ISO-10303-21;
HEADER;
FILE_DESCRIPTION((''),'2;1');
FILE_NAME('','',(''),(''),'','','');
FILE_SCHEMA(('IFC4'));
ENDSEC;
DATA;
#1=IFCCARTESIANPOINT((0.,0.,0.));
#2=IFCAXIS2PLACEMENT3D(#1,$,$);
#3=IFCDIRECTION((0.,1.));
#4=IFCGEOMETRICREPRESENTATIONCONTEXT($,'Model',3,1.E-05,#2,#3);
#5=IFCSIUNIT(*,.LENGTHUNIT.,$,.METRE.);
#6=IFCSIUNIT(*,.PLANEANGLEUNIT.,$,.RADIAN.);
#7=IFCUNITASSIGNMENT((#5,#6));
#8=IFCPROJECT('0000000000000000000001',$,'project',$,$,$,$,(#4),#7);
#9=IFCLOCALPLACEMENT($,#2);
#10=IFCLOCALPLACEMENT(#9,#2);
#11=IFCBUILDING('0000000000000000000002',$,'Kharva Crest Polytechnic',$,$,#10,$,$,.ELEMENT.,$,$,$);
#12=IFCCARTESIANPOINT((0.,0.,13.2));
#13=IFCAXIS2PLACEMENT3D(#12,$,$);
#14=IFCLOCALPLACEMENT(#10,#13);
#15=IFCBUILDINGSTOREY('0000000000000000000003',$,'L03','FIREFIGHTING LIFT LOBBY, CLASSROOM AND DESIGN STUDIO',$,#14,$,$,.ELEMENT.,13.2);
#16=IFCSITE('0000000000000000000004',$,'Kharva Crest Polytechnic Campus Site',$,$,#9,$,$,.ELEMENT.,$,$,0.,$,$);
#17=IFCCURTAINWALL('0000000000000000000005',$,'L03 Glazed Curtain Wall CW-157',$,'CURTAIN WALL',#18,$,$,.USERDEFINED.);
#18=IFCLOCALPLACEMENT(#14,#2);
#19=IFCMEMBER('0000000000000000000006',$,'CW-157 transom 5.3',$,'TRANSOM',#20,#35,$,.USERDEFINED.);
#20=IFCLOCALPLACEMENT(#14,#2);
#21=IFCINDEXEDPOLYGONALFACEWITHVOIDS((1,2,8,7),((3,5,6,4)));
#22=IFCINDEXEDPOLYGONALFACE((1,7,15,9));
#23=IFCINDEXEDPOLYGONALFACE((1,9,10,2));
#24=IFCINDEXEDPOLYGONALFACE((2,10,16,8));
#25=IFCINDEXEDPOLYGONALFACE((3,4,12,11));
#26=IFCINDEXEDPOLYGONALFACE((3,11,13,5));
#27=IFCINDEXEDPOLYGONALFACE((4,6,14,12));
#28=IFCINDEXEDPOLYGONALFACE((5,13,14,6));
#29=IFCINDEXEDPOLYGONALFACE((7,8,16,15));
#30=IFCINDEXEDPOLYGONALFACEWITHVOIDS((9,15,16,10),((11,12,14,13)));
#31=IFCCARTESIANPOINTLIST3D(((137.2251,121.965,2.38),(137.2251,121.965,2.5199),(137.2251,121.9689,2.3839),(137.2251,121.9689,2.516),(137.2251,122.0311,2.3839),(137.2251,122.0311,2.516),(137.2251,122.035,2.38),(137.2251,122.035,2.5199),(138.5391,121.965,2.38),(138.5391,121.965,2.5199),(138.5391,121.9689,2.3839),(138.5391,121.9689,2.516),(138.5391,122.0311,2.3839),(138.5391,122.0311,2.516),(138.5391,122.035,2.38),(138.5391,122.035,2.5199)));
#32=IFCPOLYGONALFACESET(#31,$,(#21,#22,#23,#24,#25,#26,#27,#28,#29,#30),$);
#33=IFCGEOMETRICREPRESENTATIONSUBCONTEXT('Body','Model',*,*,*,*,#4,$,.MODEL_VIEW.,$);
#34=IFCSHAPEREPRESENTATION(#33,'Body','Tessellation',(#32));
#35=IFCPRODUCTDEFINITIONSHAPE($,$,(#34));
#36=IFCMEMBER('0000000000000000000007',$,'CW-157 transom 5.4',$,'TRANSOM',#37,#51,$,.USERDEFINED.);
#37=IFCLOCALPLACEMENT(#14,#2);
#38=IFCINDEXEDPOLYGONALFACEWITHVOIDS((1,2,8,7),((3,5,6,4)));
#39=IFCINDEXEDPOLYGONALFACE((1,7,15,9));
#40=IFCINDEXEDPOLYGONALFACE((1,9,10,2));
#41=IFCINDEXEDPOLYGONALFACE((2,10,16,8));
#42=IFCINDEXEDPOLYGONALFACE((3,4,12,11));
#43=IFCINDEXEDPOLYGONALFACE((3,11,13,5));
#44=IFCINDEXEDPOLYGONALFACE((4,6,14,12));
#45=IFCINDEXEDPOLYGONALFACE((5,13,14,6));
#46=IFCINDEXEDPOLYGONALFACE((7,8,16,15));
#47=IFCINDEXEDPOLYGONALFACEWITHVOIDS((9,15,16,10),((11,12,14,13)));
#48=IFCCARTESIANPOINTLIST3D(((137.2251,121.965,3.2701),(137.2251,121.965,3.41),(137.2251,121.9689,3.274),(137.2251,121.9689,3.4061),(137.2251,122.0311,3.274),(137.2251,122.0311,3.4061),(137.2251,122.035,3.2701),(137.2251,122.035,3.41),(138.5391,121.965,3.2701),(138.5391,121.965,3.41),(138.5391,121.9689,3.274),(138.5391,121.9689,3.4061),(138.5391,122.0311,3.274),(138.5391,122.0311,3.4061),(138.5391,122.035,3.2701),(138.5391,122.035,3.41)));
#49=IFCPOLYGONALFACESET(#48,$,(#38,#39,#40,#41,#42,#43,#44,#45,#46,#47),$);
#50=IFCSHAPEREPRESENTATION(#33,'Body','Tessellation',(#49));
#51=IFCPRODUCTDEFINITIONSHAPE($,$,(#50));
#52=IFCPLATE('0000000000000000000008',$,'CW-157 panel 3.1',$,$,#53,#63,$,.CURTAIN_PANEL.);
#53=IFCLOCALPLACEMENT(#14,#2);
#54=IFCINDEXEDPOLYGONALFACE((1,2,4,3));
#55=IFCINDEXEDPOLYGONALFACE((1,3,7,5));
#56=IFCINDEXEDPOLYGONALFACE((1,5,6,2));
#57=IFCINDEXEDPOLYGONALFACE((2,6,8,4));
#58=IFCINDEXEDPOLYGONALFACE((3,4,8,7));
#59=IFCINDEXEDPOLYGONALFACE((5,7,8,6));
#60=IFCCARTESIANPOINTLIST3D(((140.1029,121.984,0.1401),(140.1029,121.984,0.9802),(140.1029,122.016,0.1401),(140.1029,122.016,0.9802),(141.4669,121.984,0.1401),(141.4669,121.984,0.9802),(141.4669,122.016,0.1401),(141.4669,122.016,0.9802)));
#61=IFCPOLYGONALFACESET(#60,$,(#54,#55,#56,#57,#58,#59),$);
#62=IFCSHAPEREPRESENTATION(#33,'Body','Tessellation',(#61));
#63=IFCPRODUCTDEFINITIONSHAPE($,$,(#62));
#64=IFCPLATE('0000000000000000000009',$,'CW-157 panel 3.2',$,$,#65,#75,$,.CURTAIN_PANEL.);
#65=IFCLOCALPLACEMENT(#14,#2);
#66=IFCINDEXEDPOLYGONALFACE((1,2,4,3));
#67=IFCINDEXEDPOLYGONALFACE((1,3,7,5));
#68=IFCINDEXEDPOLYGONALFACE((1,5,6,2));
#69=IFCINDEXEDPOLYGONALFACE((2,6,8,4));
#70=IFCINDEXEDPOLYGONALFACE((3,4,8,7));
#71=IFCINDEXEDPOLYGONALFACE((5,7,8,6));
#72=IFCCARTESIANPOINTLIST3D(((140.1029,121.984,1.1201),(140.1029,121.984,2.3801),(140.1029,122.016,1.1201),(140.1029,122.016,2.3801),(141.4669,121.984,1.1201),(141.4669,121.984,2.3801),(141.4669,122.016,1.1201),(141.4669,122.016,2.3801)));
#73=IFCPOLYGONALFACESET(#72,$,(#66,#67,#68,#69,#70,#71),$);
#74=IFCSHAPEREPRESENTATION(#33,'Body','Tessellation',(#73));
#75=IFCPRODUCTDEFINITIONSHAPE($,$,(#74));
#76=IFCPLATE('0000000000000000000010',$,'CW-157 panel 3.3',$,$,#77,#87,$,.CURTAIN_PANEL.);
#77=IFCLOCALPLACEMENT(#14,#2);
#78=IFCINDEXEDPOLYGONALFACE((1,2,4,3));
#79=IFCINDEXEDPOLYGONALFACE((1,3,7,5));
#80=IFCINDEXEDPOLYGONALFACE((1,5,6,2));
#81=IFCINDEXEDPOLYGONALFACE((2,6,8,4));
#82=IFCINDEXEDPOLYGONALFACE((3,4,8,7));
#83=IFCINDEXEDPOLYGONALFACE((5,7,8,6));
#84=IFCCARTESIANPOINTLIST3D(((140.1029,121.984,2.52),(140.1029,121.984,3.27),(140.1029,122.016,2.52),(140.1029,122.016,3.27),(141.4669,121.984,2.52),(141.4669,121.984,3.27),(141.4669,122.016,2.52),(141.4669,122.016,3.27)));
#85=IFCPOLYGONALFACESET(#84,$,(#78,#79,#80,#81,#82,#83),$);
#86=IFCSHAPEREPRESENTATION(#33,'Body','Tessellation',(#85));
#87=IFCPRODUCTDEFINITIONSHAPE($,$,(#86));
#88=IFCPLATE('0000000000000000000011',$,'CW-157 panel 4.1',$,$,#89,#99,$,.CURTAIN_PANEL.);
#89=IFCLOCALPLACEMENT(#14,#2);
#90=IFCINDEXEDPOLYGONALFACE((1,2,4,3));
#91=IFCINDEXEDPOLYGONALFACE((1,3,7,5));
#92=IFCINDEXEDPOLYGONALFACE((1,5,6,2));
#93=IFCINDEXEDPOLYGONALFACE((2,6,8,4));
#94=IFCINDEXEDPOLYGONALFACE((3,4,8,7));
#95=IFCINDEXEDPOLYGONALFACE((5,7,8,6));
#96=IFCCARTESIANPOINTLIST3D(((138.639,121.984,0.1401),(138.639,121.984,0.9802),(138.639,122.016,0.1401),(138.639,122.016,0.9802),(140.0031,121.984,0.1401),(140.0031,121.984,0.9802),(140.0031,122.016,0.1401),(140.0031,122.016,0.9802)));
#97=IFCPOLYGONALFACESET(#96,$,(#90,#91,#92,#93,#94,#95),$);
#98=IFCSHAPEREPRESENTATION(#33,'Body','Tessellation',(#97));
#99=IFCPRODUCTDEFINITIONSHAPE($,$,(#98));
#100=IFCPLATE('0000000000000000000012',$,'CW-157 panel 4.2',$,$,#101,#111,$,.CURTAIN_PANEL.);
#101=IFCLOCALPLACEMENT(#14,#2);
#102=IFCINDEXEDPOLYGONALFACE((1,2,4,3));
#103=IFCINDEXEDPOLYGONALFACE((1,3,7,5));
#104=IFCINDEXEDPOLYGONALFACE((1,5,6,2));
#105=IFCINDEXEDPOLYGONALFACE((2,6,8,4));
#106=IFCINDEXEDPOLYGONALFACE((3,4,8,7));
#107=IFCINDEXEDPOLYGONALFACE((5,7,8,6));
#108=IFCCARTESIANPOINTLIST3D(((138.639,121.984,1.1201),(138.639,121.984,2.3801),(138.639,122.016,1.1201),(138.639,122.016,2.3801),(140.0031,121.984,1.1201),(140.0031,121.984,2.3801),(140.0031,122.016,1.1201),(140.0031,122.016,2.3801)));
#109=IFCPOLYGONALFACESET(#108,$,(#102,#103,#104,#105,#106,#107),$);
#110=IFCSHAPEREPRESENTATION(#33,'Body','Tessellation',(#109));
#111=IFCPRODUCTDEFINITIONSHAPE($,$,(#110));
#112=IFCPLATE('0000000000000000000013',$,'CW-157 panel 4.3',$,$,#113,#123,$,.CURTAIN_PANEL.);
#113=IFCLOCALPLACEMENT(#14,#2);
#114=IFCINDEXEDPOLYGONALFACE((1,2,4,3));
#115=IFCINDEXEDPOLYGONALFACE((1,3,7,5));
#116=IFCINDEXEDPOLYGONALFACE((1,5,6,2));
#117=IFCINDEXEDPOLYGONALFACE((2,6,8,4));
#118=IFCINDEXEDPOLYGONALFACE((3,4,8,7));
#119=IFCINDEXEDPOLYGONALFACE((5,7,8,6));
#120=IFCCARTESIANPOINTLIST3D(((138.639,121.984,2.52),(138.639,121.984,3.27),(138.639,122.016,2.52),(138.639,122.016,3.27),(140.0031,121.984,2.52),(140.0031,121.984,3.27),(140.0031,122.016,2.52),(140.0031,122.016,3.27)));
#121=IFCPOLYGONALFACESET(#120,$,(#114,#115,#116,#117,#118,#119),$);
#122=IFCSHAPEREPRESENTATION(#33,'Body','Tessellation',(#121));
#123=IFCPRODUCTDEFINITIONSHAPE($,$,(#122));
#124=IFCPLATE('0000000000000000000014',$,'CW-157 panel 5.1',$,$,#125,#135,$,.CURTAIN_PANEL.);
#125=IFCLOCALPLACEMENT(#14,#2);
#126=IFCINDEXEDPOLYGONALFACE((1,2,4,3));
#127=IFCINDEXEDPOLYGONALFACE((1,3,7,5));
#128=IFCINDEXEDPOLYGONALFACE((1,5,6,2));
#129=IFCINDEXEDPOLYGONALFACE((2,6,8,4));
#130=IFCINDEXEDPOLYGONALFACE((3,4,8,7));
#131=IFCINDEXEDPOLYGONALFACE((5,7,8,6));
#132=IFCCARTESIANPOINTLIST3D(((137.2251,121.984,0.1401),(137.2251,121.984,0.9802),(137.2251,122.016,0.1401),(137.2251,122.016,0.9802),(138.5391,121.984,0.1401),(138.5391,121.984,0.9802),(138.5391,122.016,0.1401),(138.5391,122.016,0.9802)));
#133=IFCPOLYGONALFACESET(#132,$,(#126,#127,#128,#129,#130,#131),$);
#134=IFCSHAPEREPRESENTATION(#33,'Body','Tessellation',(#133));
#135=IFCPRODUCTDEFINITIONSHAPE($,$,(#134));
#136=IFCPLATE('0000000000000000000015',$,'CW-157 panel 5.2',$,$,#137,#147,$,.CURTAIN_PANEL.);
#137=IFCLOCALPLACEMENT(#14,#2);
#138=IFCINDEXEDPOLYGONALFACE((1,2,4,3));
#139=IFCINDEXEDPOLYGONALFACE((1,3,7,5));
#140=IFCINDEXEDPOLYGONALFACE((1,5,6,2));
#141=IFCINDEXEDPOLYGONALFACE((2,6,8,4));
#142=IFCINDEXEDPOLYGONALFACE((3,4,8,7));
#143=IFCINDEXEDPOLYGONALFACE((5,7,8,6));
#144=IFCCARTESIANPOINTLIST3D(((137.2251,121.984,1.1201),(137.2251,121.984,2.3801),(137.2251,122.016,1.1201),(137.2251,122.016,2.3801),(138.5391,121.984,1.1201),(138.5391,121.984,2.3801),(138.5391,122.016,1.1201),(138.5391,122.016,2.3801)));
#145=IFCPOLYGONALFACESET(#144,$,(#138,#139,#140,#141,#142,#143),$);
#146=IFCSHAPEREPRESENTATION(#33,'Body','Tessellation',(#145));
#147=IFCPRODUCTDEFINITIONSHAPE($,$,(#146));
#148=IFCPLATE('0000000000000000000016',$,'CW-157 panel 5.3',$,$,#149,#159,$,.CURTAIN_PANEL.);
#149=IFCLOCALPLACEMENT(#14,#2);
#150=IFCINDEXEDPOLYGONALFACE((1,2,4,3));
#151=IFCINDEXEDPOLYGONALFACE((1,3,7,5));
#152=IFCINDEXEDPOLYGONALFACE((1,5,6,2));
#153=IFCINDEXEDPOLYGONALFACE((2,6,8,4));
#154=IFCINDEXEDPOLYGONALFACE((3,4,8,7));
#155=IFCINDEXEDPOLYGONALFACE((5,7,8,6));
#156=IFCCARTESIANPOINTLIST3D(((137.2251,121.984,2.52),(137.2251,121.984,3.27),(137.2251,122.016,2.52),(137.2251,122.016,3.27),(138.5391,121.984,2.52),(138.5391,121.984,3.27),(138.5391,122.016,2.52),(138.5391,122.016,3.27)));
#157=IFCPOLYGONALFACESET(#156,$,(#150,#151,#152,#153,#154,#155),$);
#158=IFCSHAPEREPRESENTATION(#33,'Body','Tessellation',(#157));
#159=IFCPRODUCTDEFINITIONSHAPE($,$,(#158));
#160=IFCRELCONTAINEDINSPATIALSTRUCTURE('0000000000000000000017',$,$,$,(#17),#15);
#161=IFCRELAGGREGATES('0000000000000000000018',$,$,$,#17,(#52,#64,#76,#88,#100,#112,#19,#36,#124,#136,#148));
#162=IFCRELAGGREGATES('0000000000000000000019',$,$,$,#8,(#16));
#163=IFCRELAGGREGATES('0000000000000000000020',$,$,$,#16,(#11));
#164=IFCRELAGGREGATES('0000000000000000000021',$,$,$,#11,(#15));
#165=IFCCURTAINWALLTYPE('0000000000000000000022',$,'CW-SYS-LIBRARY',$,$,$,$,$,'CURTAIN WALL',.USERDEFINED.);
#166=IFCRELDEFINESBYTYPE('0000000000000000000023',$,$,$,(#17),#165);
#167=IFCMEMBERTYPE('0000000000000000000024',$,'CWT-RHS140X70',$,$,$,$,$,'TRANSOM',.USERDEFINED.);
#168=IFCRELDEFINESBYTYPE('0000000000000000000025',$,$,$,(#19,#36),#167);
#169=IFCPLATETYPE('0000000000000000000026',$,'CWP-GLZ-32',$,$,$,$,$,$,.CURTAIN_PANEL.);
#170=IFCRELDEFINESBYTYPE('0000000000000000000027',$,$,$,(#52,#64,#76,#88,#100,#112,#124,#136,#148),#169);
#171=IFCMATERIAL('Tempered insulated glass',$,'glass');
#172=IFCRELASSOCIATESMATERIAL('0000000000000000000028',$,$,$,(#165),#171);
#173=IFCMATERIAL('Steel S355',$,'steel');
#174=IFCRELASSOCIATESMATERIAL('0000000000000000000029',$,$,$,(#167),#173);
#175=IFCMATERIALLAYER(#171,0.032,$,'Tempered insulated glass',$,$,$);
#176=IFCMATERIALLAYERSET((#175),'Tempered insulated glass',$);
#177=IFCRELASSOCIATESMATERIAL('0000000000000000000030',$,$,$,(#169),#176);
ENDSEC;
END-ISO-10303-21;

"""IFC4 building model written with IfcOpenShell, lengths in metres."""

from ifc_helpers import new_model, si_unit, direction, frame, origin, origin_2d, place, context, subcontext, project, spatial, rectangle, hollow_rectangle, extrude, material, layer, layer_set, material_profile, profile_set, type_object, element, aggregate, save


model = new_model("IFC4")

# Units and contexts
model_context = context("Model", 3, precision=1e-05, world=origin(), true_north=direction((0.0, 1.0)))
body_context = subcontext(model_context, "Body", "Model", "MODEL_VIEW")
ifc_project = project(units=[si_unit("LENGTHUNIT", "METRE"), si_unit("PLANEANGLEUNIT", "RADIAN")], contexts=[model_context])

# Site, building, storey
site_placement = place(None, origin())
site = spatial("IfcSite", under=ifc_project, at=site_placement, Name="Kharva Crest Polytechnic Campus Site", CompositionType="ELEMENT", RefElevation=0.0)
building_placement = place(site_placement, origin())
building = spatial("IfcBuilding", under=site, at=building_placement, Name="Kharva Crest Polytechnic", CompositionType="ELEMENT")
storey_placement = place(building_placement, frame((0.0, 0.0, 13.2)))
storey = spatial("IfcBuildingStorey", under=building, at=storey_placement, Name="L03", Description="FIREFIGHTING LIFT LOBBY, CLASSROOM AND DESIGN STUDIO", CompositionType="ELEMENT", Elevation=13.2)

# Curtain wall, members, plates
ifc_material_1 = material(Name="Tempered insulated glass", Category="glass")
curtain_wall_type = type_object("IfcCurtainWallType", Name="CW-SYS-LIBRARY", ElementType="CURTAIN WALL", PredefinedType="USERDEFINED", material=ifc_material_1)
curtain_wall_placement = place(storey_placement, origin())
curtain_wall = element("IfcCurtainWall", 1, at=curtain_wall_placement, inside=storey, type_object=curtain_wall_type, Name="L03 Glazed Curtain Wall CW-157", ObjectType="CURTAIN WALL", PredefinedType="USERDEFINED")
ifc_material_2 = material(Name="Steel S355", Category="steel")
ifc_material_profile_1 = material_profile(ifc_material_2, hollow_rectangle(XDim=0.0701, YDim=0.1399, WallThickness=0.0039, at=origin_2d()), Name="RHS 140X70X4.0")
ifc_profile_set_1 = profile_set([ifc_material_profile_1], Name="Steel S355")
member_type_1 = type_object("IfcMemberType", Name="CWT-RHS140X70", ElementType="TRANSOM", PredefinedType="USERDEFINED", material=ifc_profile_set_1)
member_1_placement = place(storey_placement, frame((138.5391, 122.0, 2.45), z_axis=(-1.0, 0.0, 0.0), x_axis=(0.0, -1.0, 0.0)))
member_1 = element("IfcMember", 2, at=member_1_placement, type_object=member_type_1, Name="CW-157 transom 5.3", ObjectType="TRANSOM", PredefinedType="USERDEFINED", context=body_context, shape_type="SweptSolid", body=[
    extrude(hollow_rectangle(XDim=0.0701, YDim=0.1399, WallThickness=0.0039, at=origin_2d()), origin(), (0.0, 0.0, 1.0), 1.314),
])
member_2_placement = place(storey_placement, frame((138.5391, 122.0, 3.3401), z_axis=(-1.0, 0.0, 0.0), x_axis=(0.0, -1.0, 0.0)))
member_2 = element("IfcMember", 3, at=member_2_placement, type_object=member_type_1, Name="CW-157 transom 5.4", ObjectType="TRANSOM", PredefinedType="USERDEFINED", context=body_context, shape_type="SweptSolid", body=[
    extrude(hollow_rectangle(XDim=0.0701, YDim=0.1399, WallThickness=0.0039, at=origin_2d()), origin(), (0.0, 0.0, 1.0), 1.314),
])
ifc_layer = layer(ifc_material_1, 0.032, Name="Tempered insulated glass")
ifc_layer_set = layer_set([ifc_layer], Name="Tempered insulated glass")
plate_type = type_object("IfcPlateType", Name="CWP-GLZ-32", PredefinedType="CURTAIN_PANEL", material=ifc_layer_set)
plate_1_placement = place(storey_placement, frame((140.7849, 122.0, 0.1401), z_axis=(0.0, 0.0, 1.0), x_axis=(-1.0, 0.0, 0.0)))
plate_1 = element("IfcPlate", 4, at=plate_1_placement, type_object=plate_type, Name="CW-157 panel 3.1", PredefinedType="CURTAIN_PANEL", context=body_context, shape_type="SweptSolid", body=[
    extrude(rectangle(XDim=1.364, YDim=0.032, at=origin_2d()), origin(), (0.0, 0.0, 1.0), 0.8401),
])
plate_2_placement = place(storey_placement, frame((140.7849, 122.0, 1.1201), z_axis=(0.0, 0.0, 1.0), x_axis=(-1.0, 0.0, 0.0)))
plate_2 = element("IfcPlate", 5, at=plate_2_placement, type_object=plate_type, Name="CW-157 panel 3.2", PredefinedType="CURTAIN_PANEL", context=body_context, shape_type="SweptSolid", body=[
    extrude(rectangle(XDim=1.364, YDim=0.032, at=origin_2d()), origin(), (0.0, 0.0, 1.0), 1.26),
])
plate_3_placement = place(storey_placement, frame((140.7849, 122.0, 2.52), z_axis=(0.0, 0.0, 1.0), x_axis=(-1.0, 0.0, 0.0)))
plate_3 = element("IfcPlate", 6, at=plate_3_placement, type_object=plate_type, Name="CW-157 panel 3.3", PredefinedType="CURTAIN_PANEL", context=body_context, shape_type="SweptSolid", body=[
    extrude(rectangle(XDim=1.364, YDim=0.032, at=origin_2d()), origin(), (0.0, 0.0, 1.0), 0.75),
])
plate_4_placement = place(storey_placement, frame((139.321, 122.0, 0.1401), z_axis=(0.0, 0.0, 1.0), x_axis=(-1.0, 0.0, 0.0)))
plate_4 = element("IfcPlate", 7, at=plate_4_placement, type_object=plate_type, Name="CW-157 panel 4.1", PredefinedType="CURTAIN_PANEL", context=body_context, shape_type="SweptSolid", body=[
    extrude(rectangle(XDim=1.364, YDim=0.032, at=origin_2d()), origin(), (0.0, 0.0, 1.0), 0.8401),
])
plate_5_placement = place(storey_placement, frame((139.321, 122.0, 1.1201), z_axis=(0.0, 0.0, 1.0), x_axis=(-1.0, 0.0, 0.0)))
plate_5 = element("IfcPlate", 8, at=plate_5_placement, type_object=plate_type, Name="CW-157 panel 4.2", PredefinedType="CURTAIN_PANEL", context=body_context, shape_type="SweptSolid", body=[
    extrude(rectangle(XDim=1.364, YDim=0.032, at=origin_2d()), origin(), (0.0, 0.0, 1.0), 1.26),
])
plate_6_placement = place(storey_placement, frame((139.321, 122.0, 2.52), z_axis=(0.0, 0.0, 1.0), x_axis=(-1.0, 0.0, 0.0)))
plate_6 = element("IfcPlate", 9, at=plate_6_placement, type_object=plate_type, Name="CW-157 panel 4.3", PredefinedType="CURTAIN_PANEL", context=body_context, shape_type="SweptSolid", body=[
    extrude(rectangle(XDim=1.364, YDim=0.032, at=origin_2d()), origin(), (0.0, 0.0, 1.0), 0.75),
])
plate_7_placement = place(storey_placement, frame((137.8821, 122.0, 0.1401), z_axis=(0.0, 0.0, 1.0), x_axis=(-1.0, 0.0, 0.0)))
plate_7 = element("IfcPlate", 10, at=plate_7_placement, type_object=plate_type, Name="CW-157 panel 5.1", PredefinedType="CURTAIN_PANEL", context=body_context, shape_type="SweptSolid", body=[
    extrude(rectangle(XDim=1.314, YDim=0.032, at=origin_2d()), origin(), (0.0, 0.0, 1.0), 0.8401),
])
plate_8_placement = place(storey_placement, frame((137.8821, 122.0, 1.1201), z_axis=(0.0, 0.0, 1.0), x_axis=(-1.0, 0.0, 0.0)))
plate_8 = element("IfcPlate", 11, at=plate_8_placement, type_object=plate_type, Name="CW-157 panel 5.2", PredefinedType="CURTAIN_PANEL", context=body_context, shape_type="SweptSolid", body=[
    extrude(rectangle(XDim=1.314, YDim=0.032, at=origin_2d()), origin(), (0.0, 0.0, 1.0), 1.26),
])
plate_9_placement = place(storey_placement, frame((137.8821, 122.0, 2.52), z_axis=(0.0, 0.0, 1.0), x_axis=(-1.0, 0.0, 0.0)))
plate_9 = element("IfcPlate", 12, at=plate_9_placement, type_object=plate_type, Name="CW-157 panel 5.3", PredefinedType="CURTAIN_PANEL", context=body_context, shape_type="SweptSolid", body=[
    extrude(rectangle(XDim=1.314, YDim=0.032, at=origin_2d()), origin(), (0.0, 0.0, 1.0), 0.75),
])
aggregate(curtain_wall, [plate_1, plate_2, plate_3, plate_4, plate_5, plate_6, member_1, member_2, plate_7, plate_8, plate_9])

save(model, "model.ifc")
